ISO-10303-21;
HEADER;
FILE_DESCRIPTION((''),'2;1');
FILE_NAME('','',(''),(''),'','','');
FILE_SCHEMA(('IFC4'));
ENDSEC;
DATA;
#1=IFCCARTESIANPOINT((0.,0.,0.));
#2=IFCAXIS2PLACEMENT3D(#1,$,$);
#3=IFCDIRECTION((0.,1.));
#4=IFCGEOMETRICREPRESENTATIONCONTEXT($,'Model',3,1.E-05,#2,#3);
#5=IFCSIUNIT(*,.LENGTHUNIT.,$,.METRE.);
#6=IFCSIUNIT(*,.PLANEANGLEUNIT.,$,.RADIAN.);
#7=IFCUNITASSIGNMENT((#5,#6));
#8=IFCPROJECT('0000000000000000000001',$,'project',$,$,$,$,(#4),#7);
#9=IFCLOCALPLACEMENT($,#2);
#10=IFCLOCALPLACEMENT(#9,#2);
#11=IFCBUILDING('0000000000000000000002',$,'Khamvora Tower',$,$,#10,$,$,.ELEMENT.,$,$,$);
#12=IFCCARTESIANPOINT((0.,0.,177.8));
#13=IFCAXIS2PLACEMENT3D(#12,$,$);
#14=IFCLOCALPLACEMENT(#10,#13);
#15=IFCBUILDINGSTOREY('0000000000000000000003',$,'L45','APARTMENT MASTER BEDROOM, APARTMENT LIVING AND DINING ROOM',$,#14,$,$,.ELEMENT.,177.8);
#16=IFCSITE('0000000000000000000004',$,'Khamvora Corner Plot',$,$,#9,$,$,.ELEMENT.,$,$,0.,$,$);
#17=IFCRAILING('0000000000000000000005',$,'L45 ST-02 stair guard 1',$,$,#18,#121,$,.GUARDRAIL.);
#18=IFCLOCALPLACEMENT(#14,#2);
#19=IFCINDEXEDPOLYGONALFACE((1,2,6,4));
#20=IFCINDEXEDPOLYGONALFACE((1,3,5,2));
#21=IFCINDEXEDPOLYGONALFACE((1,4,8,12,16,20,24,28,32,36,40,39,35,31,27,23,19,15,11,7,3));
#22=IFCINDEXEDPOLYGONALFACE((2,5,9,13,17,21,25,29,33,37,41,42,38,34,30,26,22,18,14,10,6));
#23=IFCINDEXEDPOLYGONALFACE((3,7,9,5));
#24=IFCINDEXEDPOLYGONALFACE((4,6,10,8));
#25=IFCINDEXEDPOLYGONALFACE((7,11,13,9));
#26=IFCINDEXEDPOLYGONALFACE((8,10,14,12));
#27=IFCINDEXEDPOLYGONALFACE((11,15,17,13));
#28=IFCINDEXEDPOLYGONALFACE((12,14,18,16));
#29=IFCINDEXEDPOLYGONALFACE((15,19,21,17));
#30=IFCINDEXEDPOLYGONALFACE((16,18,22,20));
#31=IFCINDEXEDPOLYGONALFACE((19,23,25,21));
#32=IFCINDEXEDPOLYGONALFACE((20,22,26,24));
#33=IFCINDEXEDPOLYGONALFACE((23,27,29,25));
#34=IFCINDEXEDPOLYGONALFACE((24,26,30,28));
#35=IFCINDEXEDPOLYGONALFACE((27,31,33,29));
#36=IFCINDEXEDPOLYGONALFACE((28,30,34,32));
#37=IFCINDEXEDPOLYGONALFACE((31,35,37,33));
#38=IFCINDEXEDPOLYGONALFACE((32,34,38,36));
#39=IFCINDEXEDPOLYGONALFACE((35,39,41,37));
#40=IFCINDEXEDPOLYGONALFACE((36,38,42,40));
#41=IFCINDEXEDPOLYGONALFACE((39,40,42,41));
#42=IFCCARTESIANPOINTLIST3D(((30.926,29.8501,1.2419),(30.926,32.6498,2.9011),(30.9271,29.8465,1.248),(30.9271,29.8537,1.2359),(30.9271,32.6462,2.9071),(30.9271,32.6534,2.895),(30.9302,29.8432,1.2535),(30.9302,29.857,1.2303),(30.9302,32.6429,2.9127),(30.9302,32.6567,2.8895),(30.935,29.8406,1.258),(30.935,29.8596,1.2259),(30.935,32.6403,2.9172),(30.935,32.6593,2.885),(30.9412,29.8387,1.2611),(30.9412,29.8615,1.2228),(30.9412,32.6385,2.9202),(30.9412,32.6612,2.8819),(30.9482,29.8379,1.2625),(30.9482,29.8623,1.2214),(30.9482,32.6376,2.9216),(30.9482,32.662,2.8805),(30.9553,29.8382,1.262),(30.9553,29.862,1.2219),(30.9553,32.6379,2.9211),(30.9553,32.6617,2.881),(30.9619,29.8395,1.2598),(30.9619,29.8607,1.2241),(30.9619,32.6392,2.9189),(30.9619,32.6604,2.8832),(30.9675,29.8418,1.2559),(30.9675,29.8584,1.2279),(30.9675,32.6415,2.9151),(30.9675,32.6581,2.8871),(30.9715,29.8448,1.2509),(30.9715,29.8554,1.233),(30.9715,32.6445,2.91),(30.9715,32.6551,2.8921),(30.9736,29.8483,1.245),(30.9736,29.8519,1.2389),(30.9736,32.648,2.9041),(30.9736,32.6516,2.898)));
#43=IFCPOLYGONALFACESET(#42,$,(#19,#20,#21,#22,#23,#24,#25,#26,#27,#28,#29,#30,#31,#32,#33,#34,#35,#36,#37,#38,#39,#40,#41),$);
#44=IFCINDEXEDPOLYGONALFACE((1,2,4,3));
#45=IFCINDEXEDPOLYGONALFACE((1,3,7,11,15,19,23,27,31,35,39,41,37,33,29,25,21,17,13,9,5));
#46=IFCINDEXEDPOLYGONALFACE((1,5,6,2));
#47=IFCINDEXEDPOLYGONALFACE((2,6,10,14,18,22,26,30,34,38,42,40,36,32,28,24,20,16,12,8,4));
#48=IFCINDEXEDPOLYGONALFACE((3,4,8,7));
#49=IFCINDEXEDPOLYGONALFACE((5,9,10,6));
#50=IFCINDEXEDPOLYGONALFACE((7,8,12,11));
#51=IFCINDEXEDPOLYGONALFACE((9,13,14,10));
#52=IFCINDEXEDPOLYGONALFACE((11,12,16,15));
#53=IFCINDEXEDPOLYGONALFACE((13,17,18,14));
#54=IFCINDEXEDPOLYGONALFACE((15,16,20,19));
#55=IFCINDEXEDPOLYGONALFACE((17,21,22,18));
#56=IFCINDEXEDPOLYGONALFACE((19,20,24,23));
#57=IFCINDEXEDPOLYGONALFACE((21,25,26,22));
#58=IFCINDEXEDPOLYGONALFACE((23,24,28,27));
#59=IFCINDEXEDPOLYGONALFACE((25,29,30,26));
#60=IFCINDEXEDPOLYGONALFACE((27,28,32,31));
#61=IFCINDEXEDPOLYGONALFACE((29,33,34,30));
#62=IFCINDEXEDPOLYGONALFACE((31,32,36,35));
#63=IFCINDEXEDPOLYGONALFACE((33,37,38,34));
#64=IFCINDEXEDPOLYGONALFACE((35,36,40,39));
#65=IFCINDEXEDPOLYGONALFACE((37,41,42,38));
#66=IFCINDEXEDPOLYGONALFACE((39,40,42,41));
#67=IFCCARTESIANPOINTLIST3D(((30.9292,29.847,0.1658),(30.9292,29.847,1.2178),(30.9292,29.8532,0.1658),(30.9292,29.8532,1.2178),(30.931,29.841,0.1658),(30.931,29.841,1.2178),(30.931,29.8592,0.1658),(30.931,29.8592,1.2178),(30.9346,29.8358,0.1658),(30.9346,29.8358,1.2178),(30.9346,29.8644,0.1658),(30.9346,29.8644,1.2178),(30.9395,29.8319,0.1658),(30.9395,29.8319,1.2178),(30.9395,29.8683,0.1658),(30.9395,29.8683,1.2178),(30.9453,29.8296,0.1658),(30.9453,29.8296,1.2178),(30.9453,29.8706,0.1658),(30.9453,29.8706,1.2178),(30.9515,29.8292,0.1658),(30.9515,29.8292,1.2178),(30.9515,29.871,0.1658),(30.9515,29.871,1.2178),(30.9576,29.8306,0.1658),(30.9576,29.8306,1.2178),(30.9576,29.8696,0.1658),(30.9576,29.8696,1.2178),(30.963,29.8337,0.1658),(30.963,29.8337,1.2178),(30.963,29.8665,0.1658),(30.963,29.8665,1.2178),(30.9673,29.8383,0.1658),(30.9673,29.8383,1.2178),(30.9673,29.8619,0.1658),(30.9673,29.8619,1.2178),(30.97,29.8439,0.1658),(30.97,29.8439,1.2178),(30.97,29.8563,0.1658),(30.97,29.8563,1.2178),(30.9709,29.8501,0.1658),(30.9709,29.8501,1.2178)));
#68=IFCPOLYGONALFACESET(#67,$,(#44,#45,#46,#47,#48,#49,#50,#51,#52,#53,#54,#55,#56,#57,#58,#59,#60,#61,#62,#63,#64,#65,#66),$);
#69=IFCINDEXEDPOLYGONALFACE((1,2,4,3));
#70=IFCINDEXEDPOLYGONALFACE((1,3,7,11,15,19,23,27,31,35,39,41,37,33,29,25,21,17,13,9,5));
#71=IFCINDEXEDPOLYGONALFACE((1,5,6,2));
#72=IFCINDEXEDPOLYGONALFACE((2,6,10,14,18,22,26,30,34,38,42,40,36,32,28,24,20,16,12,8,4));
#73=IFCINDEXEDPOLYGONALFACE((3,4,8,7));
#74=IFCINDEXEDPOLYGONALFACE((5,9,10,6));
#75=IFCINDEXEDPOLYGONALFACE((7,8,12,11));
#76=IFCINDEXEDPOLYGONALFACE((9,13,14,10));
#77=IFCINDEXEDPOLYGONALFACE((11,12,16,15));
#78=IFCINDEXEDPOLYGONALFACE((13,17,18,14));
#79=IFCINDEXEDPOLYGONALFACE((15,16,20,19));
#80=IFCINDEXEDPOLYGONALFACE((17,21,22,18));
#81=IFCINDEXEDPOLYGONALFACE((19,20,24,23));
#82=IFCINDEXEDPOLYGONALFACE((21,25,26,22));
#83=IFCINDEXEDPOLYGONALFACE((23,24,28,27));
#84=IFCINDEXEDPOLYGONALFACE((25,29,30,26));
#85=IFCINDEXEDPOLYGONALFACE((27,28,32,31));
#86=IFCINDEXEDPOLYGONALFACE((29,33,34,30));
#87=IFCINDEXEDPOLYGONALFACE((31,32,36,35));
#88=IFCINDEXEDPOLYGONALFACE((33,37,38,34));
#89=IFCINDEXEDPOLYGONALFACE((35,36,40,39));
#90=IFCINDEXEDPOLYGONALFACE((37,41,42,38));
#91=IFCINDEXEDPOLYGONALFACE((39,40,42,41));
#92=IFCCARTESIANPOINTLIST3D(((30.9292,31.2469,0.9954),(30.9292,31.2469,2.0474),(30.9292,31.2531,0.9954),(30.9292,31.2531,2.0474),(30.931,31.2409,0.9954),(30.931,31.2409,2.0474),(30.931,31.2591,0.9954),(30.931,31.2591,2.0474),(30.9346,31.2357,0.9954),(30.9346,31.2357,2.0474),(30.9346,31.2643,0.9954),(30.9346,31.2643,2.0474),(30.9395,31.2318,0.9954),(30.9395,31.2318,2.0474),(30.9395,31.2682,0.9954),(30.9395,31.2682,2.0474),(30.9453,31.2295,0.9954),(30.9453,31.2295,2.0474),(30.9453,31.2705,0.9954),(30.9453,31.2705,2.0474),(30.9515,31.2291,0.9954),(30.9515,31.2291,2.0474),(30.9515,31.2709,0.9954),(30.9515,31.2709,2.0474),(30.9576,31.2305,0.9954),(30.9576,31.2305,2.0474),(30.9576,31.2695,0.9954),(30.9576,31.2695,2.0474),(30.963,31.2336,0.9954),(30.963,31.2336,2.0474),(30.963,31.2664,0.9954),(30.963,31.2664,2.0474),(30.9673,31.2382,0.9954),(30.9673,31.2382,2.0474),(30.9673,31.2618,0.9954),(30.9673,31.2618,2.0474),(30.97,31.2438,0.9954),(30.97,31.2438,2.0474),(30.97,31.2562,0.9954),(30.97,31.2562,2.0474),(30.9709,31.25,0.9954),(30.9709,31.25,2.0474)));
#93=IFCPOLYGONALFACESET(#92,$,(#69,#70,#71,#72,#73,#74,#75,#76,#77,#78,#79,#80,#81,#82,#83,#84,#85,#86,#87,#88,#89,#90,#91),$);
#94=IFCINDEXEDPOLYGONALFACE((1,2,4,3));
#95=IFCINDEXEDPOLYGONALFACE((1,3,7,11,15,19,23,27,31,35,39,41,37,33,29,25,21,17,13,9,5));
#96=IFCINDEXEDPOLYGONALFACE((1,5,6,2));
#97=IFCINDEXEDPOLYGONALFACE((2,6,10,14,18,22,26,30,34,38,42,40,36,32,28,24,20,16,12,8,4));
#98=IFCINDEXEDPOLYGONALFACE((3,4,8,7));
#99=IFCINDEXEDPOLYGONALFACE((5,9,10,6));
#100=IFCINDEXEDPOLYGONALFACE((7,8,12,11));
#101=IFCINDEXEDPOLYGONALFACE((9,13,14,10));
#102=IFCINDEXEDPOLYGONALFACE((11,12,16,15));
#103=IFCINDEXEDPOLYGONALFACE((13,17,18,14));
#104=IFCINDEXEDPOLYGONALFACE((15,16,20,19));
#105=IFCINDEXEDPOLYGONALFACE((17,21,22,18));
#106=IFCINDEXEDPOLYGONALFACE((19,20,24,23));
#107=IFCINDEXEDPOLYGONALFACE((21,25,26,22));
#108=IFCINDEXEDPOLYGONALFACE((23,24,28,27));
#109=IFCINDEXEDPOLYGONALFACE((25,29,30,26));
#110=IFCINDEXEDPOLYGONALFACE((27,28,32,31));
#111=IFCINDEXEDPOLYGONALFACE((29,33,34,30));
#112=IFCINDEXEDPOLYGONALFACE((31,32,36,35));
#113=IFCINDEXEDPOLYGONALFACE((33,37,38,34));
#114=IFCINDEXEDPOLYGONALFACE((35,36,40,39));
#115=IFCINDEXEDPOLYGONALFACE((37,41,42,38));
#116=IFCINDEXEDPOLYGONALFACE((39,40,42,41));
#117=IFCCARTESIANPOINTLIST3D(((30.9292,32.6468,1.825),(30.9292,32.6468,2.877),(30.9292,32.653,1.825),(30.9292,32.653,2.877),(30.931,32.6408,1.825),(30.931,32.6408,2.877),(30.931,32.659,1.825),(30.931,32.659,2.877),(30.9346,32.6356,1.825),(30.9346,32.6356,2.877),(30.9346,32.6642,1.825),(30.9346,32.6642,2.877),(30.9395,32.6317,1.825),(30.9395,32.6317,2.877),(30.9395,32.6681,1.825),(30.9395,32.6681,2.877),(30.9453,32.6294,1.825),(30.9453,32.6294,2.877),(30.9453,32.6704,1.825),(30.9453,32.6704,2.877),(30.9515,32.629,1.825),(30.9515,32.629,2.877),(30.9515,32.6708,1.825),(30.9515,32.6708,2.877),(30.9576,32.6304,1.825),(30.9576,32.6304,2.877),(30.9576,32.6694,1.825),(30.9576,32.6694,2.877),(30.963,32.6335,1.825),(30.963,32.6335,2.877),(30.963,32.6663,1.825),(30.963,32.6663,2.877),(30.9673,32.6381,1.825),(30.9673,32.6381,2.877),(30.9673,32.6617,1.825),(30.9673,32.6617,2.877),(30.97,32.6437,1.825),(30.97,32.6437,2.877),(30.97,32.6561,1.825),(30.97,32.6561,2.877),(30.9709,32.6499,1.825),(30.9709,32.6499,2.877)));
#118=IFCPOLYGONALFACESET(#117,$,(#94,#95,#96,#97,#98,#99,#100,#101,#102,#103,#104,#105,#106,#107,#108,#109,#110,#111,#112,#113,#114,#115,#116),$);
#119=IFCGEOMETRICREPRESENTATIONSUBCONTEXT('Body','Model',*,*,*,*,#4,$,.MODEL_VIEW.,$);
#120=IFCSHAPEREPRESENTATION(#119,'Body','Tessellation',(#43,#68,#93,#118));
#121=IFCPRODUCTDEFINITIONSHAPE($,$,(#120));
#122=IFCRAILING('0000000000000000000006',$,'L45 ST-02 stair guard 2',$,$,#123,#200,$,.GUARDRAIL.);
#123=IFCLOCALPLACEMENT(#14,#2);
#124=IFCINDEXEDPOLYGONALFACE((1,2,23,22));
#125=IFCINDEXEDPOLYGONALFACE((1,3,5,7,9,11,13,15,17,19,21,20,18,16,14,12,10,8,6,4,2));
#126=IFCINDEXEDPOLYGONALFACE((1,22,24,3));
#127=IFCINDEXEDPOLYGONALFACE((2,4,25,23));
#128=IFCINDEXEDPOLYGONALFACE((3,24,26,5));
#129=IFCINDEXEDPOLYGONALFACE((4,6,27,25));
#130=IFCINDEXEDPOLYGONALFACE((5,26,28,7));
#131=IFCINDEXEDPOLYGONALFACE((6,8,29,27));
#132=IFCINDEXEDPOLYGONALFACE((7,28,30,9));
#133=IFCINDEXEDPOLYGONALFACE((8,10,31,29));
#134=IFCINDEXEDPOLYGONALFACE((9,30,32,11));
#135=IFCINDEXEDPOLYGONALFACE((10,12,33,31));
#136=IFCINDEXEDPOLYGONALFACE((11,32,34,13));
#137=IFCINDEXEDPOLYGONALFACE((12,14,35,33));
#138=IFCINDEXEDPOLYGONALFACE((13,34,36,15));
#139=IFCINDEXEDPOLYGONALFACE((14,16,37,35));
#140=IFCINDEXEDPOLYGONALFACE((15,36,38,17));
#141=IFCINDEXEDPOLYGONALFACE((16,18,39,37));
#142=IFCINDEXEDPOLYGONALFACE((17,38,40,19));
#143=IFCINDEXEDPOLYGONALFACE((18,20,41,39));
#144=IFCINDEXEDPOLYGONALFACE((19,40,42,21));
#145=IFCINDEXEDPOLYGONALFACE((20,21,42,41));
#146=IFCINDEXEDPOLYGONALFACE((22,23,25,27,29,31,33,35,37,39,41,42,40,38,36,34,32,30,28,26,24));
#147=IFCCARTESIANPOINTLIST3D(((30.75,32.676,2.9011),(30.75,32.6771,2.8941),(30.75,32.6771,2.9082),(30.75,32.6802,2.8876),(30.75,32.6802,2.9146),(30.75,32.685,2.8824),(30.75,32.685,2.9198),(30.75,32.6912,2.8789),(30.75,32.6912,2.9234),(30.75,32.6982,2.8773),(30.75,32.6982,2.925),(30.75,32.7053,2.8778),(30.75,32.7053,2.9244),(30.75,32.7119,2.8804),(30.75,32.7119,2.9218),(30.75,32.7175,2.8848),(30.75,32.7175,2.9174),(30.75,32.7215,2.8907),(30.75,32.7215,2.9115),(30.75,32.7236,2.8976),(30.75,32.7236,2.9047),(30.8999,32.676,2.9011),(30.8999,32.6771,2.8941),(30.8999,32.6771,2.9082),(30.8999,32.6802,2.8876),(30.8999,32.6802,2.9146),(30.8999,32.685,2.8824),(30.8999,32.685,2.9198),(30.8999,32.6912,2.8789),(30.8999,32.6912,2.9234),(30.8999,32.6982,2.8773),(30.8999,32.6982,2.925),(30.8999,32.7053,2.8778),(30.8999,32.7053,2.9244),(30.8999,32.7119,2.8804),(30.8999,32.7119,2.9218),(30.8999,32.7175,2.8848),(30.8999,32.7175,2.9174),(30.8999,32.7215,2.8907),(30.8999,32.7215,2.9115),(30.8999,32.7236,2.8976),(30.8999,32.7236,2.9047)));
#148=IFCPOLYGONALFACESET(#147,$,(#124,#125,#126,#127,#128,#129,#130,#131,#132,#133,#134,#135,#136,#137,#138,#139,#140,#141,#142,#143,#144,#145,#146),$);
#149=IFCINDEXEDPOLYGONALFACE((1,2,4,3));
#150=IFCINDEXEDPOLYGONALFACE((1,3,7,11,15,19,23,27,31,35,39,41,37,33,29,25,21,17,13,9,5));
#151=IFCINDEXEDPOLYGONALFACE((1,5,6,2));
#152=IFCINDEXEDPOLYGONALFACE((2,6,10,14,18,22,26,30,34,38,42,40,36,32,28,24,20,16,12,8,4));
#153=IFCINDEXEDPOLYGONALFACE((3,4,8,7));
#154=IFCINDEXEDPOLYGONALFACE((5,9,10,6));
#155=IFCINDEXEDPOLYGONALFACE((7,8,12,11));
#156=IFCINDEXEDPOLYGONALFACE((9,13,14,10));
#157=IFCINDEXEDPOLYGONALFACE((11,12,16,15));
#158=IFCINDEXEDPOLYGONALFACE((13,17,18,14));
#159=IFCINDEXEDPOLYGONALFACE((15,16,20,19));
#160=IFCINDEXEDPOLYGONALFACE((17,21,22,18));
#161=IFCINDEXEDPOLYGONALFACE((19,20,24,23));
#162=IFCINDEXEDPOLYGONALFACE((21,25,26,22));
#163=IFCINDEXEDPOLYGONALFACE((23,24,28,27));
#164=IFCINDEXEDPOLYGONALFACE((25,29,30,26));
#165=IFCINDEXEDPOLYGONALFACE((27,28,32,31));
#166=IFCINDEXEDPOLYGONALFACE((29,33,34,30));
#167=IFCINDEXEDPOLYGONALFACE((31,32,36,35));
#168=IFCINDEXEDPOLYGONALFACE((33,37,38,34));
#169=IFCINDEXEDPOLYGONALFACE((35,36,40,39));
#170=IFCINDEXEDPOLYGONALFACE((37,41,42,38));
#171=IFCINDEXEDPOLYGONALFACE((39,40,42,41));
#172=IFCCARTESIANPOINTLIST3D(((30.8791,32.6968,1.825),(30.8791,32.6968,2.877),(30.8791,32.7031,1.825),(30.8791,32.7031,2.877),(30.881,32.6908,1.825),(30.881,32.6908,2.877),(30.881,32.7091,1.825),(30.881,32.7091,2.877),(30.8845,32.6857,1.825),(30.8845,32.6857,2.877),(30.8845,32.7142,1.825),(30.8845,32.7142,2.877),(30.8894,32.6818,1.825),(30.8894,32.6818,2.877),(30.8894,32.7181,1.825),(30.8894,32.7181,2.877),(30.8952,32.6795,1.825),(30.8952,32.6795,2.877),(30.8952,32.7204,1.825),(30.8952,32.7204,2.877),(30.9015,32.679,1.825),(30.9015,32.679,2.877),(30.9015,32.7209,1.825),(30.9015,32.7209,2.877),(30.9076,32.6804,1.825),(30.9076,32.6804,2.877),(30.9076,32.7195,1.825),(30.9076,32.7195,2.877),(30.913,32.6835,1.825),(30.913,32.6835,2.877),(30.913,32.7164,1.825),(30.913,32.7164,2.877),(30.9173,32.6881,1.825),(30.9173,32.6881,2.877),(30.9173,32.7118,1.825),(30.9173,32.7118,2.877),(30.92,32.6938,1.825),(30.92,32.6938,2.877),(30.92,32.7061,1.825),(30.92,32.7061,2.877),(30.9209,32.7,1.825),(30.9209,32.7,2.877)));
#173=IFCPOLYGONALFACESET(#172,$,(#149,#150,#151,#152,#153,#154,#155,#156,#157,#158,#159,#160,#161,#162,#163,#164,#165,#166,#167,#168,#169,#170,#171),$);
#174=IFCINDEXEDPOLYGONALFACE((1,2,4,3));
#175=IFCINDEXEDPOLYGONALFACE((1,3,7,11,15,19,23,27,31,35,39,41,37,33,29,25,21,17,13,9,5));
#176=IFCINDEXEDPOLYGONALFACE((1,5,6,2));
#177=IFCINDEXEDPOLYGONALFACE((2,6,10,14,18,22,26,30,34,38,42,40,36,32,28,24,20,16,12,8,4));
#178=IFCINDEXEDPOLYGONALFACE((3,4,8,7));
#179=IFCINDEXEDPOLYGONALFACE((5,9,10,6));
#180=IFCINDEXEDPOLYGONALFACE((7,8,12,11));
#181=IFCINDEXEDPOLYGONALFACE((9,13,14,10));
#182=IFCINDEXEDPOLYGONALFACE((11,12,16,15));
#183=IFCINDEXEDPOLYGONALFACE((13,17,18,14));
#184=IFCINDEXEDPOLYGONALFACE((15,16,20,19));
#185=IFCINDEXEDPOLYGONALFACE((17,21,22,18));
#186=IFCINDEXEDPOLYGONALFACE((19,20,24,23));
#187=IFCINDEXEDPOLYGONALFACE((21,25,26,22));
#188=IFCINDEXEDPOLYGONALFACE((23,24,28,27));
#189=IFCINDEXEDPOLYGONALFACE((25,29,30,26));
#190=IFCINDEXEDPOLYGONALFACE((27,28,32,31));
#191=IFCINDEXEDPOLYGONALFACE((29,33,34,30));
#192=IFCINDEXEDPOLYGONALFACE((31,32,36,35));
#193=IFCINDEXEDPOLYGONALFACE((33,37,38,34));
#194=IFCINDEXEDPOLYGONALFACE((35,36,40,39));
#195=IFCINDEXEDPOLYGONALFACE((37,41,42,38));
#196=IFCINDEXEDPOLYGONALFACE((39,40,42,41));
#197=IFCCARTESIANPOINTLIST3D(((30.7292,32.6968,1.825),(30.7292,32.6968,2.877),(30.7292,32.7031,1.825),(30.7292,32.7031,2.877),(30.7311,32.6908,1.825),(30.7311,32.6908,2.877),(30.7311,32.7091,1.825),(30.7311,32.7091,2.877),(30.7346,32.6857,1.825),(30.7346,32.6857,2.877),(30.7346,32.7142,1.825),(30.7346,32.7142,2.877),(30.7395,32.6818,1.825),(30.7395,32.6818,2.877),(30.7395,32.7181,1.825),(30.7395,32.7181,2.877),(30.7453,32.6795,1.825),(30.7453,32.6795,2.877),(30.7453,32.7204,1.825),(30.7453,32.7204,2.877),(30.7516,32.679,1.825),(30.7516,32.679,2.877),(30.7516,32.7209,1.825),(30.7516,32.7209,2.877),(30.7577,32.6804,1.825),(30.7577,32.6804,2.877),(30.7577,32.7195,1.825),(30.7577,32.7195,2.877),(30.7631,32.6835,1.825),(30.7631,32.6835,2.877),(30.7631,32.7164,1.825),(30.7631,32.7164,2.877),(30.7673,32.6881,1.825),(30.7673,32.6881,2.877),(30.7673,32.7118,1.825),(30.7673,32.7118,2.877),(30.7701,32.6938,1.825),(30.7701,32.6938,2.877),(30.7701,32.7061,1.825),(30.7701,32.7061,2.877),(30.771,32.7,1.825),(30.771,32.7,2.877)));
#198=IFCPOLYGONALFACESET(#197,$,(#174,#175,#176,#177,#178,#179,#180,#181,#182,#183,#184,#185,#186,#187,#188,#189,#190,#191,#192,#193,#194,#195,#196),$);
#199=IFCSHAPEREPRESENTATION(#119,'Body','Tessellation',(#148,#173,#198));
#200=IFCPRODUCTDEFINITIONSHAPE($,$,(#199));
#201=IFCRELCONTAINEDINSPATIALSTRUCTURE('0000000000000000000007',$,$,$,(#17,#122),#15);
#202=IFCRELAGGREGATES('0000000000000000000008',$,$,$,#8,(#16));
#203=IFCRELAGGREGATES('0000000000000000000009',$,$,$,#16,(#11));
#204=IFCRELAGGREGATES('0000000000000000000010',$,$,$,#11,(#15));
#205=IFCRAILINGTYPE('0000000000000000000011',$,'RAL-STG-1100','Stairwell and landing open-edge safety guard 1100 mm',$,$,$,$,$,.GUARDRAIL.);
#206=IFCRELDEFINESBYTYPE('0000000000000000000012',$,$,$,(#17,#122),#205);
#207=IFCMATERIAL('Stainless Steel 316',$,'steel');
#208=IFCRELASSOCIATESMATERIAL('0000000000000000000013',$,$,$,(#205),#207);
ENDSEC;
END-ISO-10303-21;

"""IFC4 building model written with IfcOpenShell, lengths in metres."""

from ifc_helpers import new_model, si_unit, direction, frame, origin, origin_2d, place, context, subcontext, project, spatial, circle, extrude, material, type_object, element, save


model = new_model("IFC4")

# Units and contexts
model_context = context("Model", 3, precision=1e-05, world=origin(), true_north=direction((0.0, 1.0)))
body_context = subcontext(model_context, "Body", "Model", "MODEL_VIEW")
ifc_project = project(units=[si_unit("LENGTHUNIT", "METRE"), si_unit("PLANEANGLEUNIT", "RADIAN")], contexts=[model_context])

# Site, building, storey
site_placement = place(None, origin())
site = spatial("IfcSite", under=ifc_project, at=site_placement, Name="Khamvora Corner Plot", CompositionType="ELEMENT", RefElevation=0.0)
building_placement = place(site_placement, origin())
building = spatial("IfcBuilding", under=site, at=building_placement, Name="Khamvora Tower", CompositionType="ELEMENT")
storey_placement = place(building_placement, frame((0.0, 0.0, 177.8)))
storey = spatial("IfcBuildingStorey", under=building, at=storey_placement, Name="L45", Description="APARTMENT MASTER BEDROOM, APARTMENT LIVING AND DINING ROOM", CompositionType="ELEMENT", Elevation=177.8)

# Railings
ifc_material_1 = material(Name="Stainless Steel 316", Category="steel")
railing_type_1 = type_object("IfcRailingType", Name="RAL-STG-1100", Description="Stairwell and landing open-edge safety guard 1100 mm", PredefinedType="GUARDRAIL", material=ifc_material_1)
railing_1_placement = place(storey_placement, frame((30.95, 29.8501, 0.1658)))
element("IfcRailing", 1, at=railing_1_placement, inside=storey, type_object=railing_type_1, Name="L45 ST-02 stair guard 1", PredefinedType="GUARDRAIL", context=body_context, shape_type="SweptSolid", body=[
    extrude(circle(Radius=0.0239, at=origin_2d()), frame((0.0, 0.0, 1.0762), z_axis=(0.0, 0.860287, 0.509811), x_axis=(-1.0, 0.0, 0.0)), (0.0, 0.0, 1.0), 3.2544),
    extrude(circle(Radius=0.021, at=origin_2d()), origin(), (0.0, 0.0, 1.0), 1.052),
    extrude(circle(Radius=0.021, at=origin_2d()), frame((0.0, 1.3999, 0.8296)), (0.0, 0.0, 1.0), 1.052),
    extrude(circle(Radius=0.021, at=origin_2d()), frame((0.0, 2.7998, 1.6592)), (0.0, 0.0, 1.0), 1.052),
])
railing_2_placement = place(storey_placement, frame((30.8999, 32.7, 1.825)))
element("IfcRailing", 2, at=railing_2_placement, inside=storey, type_object=railing_type_1, Name="L45 ST-02 stair guard 2", PredefinedType="GUARDRAIL", context=body_context, shape_type="SweptSolid", body=[
    extrude(circle(Radius=0.0239, at=origin_2d()), frame((0.0, 0.0, 1.0762), z_axis=(-1.0, 0.0, 0.0), x_axis=(0.0, -1.0, 0.0)), (0.0, 0.0, 1.0), 0.1499),
    extrude(circle(Radius=0.021, at=origin_2d()), origin(), (0.0, 0.0, 1.0), 1.052),
    extrude(circle(Radius=0.021, at=origin_2d()), frame((-0.1499, 0.0, 0.0)), (0.0, 0.0, 1.0), 1.052),
])

save(model, "model.ifc")
